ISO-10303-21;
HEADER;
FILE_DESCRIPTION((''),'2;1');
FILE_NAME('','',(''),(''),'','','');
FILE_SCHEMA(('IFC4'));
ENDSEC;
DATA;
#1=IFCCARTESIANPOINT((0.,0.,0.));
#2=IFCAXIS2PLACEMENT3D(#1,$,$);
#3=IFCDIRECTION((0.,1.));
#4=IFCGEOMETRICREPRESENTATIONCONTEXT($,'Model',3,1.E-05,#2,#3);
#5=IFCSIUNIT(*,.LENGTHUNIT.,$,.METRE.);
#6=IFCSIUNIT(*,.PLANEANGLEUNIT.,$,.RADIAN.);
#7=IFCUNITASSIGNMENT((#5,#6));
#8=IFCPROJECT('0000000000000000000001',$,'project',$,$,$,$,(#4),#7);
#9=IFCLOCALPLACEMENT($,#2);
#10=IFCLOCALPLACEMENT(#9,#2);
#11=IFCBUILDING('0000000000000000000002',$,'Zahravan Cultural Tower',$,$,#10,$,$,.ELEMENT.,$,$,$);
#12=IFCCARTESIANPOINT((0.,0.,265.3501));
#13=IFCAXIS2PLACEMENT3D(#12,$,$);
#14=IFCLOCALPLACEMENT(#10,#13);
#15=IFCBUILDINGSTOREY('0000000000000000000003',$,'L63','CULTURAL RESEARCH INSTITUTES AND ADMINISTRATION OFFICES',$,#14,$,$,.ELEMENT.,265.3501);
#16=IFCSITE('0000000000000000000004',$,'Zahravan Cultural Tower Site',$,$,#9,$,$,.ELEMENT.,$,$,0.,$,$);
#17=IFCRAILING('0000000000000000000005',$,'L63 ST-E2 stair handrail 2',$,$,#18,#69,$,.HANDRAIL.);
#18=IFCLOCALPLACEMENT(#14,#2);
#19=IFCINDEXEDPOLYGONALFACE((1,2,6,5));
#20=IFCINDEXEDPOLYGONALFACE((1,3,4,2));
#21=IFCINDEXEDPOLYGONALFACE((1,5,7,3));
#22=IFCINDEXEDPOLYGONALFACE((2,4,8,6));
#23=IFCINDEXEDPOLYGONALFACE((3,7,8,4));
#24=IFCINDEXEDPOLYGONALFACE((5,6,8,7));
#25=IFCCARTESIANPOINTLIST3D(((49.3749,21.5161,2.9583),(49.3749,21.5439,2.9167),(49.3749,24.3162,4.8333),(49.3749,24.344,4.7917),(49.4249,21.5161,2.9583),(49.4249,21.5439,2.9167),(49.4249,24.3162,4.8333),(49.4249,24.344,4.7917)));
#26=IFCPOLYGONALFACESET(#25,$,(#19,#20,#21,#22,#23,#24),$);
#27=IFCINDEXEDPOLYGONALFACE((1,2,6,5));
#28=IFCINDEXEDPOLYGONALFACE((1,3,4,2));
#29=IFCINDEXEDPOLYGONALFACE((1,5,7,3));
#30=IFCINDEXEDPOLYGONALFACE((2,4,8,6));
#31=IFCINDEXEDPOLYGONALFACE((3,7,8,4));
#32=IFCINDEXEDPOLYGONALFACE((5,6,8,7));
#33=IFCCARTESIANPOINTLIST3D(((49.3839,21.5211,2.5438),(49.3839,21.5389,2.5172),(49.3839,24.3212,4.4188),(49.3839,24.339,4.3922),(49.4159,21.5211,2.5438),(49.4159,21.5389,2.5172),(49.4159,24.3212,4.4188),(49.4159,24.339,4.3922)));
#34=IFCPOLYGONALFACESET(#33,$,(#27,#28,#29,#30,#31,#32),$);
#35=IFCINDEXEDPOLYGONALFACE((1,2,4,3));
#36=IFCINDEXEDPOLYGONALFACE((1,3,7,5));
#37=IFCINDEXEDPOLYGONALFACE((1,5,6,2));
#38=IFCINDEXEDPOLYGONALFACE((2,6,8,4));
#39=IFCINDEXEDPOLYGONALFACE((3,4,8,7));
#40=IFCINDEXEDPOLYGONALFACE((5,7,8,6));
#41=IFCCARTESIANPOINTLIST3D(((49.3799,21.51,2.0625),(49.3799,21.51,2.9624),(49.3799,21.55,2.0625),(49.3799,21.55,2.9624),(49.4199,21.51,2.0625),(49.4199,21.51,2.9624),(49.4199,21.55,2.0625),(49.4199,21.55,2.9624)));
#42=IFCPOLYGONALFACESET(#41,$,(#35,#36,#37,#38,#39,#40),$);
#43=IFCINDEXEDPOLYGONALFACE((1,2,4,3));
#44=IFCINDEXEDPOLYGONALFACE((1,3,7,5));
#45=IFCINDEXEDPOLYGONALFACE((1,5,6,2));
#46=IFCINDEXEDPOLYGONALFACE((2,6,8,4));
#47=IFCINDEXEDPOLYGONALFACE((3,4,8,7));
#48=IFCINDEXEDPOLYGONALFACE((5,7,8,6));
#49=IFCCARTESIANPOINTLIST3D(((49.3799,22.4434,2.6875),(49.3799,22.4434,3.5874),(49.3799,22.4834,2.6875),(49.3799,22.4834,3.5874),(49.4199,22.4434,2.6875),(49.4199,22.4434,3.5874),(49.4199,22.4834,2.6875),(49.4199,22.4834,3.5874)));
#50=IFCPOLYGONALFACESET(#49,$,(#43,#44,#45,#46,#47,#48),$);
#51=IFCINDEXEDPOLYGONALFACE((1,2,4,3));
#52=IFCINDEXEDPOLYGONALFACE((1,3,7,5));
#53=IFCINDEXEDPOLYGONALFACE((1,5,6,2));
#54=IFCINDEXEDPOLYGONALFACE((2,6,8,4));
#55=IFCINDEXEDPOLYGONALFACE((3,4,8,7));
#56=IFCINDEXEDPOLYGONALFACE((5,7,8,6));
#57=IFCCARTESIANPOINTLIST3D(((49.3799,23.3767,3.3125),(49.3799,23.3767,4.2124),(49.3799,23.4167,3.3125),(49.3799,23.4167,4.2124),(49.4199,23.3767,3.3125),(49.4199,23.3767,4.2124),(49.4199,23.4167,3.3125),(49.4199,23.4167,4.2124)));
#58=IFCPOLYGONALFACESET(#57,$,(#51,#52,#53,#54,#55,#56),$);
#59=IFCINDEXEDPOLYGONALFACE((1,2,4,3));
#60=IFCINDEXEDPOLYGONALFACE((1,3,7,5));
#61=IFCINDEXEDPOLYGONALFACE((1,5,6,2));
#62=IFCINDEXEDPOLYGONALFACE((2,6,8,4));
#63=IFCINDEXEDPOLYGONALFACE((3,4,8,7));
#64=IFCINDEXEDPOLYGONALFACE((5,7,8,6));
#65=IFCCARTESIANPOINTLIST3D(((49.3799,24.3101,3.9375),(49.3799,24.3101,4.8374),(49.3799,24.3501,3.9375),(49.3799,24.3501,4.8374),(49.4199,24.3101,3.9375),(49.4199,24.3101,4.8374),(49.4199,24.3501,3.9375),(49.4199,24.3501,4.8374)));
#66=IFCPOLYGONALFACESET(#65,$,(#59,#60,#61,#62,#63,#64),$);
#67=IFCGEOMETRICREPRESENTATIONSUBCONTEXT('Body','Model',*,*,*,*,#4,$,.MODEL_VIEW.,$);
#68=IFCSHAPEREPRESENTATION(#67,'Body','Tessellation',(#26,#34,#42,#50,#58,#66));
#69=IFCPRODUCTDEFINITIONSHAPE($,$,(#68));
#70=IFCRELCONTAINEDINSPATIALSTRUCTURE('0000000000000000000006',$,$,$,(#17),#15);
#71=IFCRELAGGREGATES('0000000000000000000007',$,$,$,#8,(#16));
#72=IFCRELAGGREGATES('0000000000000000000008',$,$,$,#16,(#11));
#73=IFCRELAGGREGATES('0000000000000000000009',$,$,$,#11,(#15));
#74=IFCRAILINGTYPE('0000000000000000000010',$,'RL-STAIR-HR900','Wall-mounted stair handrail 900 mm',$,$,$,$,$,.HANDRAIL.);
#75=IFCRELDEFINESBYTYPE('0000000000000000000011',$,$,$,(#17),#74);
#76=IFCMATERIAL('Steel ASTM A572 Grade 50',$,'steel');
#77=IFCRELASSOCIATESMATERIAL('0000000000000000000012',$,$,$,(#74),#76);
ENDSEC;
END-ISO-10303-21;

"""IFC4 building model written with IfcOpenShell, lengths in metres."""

from ifc_helpers import new_model, si_unit, direction, frame, origin, origin_2d, place, context, subcontext, project, spatial, rectangle, extrude, material, type_object, element, save


model = new_model("IFC4")

# Units and contexts
model_context = context("Model", 3, precision=1e-05, world=origin(), true_north=direction((0.0, 1.0)))
body_context = subcontext(model_context, "Body", "Model", "MODEL_VIEW")
ifc_project = project(units=[si_unit("LENGTHUNIT", "METRE"), si_unit("PLANEANGLEUNIT", "RADIAN")], contexts=[model_context])

# Site, building, storey
site_placement = place(None, origin())
site = spatial("IfcSite", under=ifc_project, at=site_placement, Name="Zahravan Cultural Tower Site", CompositionType="ELEMENT", RefElevation=0.0)
building_placement = place(site_placement, origin())
building = spatial("IfcBuilding", under=site, at=building_placement, Name="Zahravan Cultural Tower", CompositionType="ELEMENT")
storey_placement = place(building_placement, frame((0.0, 0.0, 265.3501)))
storey = spatial("IfcBuildingStorey", under=building, at=storey_placement, Name="L63", Description="CULTURAL RESEARCH INSTITUTES AND ADMINISTRATION OFFICES", CompositionType="ELEMENT", Elevation=265.3501)

# Shared definitions
ifc_material_1 = material(Name="Steel ASTM A572 Grade 50", Category="steel")

# Railing
railing_type_1 = type_object("IfcRailingType", Name="RL-STAIR-HR900", Description="Wall-mounted stair handrail 900 mm", PredefinedType="HANDRAIL", material=ifc_material_1)
railing_1_placement = place(storey_placement, frame((49.3999, 21.53, 2.0625)))
element("IfcRailing", 1, at=railing_1_placement, inside=storey, type_object=railing_type_1, Name="L63 ST-E2 stair handrail 2", PredefinedType="HANDRAIL", context=body_context, shape_type="SweptSolid", body=[
    extrude(rectangle(XDim=0.05, YDim=0.05, at=origin_2d()), frame((0.0, 0.0, 0.875), z_axis=(0.0, 0.830912, 0.556404), x_axis=(-1.0, 0.0, 0.0)), (0.0, 0.0, 1.0), 3.3699),
    extrude(rectangle(XDim=0.032, YDim=0.032, at=origin_2d()), frame((0.0, 0.0, 0.468), z_axis=(0.0, 0.830912, 0.556404), x_axis=(-1.0, 0.0, 0.0)), (0.0, 0.0, 1.0), 3.3699),
    extrude(rectangle(XDim=0.04, YDim=0.04, at=origin_2d()), origin(), (0.0, 0.0, 1.0), 0.8999),
    extrude(rectangle(XDim=0.04, YDim=0.04, at=origin_2d()), frame((0.0, 0.9333, 0.625)), (0.0, 0.0, 1.0), 0.8999),
    extrude(rectangle(XDim=0.04, YDim=0.04, at=origin_2d()), frame((0.0, 1.8667, 1.25)), (0.0, 0.0, 1.0), 0.8999),
    extrude(rectangle(XDim=0.04, YDim=0.04, at=origin_2d()), frame((0.0, 2.8, 1.875)), (0.0, 0.0, 1.0), 0.8999),
])

save(model, "model.ifc")
